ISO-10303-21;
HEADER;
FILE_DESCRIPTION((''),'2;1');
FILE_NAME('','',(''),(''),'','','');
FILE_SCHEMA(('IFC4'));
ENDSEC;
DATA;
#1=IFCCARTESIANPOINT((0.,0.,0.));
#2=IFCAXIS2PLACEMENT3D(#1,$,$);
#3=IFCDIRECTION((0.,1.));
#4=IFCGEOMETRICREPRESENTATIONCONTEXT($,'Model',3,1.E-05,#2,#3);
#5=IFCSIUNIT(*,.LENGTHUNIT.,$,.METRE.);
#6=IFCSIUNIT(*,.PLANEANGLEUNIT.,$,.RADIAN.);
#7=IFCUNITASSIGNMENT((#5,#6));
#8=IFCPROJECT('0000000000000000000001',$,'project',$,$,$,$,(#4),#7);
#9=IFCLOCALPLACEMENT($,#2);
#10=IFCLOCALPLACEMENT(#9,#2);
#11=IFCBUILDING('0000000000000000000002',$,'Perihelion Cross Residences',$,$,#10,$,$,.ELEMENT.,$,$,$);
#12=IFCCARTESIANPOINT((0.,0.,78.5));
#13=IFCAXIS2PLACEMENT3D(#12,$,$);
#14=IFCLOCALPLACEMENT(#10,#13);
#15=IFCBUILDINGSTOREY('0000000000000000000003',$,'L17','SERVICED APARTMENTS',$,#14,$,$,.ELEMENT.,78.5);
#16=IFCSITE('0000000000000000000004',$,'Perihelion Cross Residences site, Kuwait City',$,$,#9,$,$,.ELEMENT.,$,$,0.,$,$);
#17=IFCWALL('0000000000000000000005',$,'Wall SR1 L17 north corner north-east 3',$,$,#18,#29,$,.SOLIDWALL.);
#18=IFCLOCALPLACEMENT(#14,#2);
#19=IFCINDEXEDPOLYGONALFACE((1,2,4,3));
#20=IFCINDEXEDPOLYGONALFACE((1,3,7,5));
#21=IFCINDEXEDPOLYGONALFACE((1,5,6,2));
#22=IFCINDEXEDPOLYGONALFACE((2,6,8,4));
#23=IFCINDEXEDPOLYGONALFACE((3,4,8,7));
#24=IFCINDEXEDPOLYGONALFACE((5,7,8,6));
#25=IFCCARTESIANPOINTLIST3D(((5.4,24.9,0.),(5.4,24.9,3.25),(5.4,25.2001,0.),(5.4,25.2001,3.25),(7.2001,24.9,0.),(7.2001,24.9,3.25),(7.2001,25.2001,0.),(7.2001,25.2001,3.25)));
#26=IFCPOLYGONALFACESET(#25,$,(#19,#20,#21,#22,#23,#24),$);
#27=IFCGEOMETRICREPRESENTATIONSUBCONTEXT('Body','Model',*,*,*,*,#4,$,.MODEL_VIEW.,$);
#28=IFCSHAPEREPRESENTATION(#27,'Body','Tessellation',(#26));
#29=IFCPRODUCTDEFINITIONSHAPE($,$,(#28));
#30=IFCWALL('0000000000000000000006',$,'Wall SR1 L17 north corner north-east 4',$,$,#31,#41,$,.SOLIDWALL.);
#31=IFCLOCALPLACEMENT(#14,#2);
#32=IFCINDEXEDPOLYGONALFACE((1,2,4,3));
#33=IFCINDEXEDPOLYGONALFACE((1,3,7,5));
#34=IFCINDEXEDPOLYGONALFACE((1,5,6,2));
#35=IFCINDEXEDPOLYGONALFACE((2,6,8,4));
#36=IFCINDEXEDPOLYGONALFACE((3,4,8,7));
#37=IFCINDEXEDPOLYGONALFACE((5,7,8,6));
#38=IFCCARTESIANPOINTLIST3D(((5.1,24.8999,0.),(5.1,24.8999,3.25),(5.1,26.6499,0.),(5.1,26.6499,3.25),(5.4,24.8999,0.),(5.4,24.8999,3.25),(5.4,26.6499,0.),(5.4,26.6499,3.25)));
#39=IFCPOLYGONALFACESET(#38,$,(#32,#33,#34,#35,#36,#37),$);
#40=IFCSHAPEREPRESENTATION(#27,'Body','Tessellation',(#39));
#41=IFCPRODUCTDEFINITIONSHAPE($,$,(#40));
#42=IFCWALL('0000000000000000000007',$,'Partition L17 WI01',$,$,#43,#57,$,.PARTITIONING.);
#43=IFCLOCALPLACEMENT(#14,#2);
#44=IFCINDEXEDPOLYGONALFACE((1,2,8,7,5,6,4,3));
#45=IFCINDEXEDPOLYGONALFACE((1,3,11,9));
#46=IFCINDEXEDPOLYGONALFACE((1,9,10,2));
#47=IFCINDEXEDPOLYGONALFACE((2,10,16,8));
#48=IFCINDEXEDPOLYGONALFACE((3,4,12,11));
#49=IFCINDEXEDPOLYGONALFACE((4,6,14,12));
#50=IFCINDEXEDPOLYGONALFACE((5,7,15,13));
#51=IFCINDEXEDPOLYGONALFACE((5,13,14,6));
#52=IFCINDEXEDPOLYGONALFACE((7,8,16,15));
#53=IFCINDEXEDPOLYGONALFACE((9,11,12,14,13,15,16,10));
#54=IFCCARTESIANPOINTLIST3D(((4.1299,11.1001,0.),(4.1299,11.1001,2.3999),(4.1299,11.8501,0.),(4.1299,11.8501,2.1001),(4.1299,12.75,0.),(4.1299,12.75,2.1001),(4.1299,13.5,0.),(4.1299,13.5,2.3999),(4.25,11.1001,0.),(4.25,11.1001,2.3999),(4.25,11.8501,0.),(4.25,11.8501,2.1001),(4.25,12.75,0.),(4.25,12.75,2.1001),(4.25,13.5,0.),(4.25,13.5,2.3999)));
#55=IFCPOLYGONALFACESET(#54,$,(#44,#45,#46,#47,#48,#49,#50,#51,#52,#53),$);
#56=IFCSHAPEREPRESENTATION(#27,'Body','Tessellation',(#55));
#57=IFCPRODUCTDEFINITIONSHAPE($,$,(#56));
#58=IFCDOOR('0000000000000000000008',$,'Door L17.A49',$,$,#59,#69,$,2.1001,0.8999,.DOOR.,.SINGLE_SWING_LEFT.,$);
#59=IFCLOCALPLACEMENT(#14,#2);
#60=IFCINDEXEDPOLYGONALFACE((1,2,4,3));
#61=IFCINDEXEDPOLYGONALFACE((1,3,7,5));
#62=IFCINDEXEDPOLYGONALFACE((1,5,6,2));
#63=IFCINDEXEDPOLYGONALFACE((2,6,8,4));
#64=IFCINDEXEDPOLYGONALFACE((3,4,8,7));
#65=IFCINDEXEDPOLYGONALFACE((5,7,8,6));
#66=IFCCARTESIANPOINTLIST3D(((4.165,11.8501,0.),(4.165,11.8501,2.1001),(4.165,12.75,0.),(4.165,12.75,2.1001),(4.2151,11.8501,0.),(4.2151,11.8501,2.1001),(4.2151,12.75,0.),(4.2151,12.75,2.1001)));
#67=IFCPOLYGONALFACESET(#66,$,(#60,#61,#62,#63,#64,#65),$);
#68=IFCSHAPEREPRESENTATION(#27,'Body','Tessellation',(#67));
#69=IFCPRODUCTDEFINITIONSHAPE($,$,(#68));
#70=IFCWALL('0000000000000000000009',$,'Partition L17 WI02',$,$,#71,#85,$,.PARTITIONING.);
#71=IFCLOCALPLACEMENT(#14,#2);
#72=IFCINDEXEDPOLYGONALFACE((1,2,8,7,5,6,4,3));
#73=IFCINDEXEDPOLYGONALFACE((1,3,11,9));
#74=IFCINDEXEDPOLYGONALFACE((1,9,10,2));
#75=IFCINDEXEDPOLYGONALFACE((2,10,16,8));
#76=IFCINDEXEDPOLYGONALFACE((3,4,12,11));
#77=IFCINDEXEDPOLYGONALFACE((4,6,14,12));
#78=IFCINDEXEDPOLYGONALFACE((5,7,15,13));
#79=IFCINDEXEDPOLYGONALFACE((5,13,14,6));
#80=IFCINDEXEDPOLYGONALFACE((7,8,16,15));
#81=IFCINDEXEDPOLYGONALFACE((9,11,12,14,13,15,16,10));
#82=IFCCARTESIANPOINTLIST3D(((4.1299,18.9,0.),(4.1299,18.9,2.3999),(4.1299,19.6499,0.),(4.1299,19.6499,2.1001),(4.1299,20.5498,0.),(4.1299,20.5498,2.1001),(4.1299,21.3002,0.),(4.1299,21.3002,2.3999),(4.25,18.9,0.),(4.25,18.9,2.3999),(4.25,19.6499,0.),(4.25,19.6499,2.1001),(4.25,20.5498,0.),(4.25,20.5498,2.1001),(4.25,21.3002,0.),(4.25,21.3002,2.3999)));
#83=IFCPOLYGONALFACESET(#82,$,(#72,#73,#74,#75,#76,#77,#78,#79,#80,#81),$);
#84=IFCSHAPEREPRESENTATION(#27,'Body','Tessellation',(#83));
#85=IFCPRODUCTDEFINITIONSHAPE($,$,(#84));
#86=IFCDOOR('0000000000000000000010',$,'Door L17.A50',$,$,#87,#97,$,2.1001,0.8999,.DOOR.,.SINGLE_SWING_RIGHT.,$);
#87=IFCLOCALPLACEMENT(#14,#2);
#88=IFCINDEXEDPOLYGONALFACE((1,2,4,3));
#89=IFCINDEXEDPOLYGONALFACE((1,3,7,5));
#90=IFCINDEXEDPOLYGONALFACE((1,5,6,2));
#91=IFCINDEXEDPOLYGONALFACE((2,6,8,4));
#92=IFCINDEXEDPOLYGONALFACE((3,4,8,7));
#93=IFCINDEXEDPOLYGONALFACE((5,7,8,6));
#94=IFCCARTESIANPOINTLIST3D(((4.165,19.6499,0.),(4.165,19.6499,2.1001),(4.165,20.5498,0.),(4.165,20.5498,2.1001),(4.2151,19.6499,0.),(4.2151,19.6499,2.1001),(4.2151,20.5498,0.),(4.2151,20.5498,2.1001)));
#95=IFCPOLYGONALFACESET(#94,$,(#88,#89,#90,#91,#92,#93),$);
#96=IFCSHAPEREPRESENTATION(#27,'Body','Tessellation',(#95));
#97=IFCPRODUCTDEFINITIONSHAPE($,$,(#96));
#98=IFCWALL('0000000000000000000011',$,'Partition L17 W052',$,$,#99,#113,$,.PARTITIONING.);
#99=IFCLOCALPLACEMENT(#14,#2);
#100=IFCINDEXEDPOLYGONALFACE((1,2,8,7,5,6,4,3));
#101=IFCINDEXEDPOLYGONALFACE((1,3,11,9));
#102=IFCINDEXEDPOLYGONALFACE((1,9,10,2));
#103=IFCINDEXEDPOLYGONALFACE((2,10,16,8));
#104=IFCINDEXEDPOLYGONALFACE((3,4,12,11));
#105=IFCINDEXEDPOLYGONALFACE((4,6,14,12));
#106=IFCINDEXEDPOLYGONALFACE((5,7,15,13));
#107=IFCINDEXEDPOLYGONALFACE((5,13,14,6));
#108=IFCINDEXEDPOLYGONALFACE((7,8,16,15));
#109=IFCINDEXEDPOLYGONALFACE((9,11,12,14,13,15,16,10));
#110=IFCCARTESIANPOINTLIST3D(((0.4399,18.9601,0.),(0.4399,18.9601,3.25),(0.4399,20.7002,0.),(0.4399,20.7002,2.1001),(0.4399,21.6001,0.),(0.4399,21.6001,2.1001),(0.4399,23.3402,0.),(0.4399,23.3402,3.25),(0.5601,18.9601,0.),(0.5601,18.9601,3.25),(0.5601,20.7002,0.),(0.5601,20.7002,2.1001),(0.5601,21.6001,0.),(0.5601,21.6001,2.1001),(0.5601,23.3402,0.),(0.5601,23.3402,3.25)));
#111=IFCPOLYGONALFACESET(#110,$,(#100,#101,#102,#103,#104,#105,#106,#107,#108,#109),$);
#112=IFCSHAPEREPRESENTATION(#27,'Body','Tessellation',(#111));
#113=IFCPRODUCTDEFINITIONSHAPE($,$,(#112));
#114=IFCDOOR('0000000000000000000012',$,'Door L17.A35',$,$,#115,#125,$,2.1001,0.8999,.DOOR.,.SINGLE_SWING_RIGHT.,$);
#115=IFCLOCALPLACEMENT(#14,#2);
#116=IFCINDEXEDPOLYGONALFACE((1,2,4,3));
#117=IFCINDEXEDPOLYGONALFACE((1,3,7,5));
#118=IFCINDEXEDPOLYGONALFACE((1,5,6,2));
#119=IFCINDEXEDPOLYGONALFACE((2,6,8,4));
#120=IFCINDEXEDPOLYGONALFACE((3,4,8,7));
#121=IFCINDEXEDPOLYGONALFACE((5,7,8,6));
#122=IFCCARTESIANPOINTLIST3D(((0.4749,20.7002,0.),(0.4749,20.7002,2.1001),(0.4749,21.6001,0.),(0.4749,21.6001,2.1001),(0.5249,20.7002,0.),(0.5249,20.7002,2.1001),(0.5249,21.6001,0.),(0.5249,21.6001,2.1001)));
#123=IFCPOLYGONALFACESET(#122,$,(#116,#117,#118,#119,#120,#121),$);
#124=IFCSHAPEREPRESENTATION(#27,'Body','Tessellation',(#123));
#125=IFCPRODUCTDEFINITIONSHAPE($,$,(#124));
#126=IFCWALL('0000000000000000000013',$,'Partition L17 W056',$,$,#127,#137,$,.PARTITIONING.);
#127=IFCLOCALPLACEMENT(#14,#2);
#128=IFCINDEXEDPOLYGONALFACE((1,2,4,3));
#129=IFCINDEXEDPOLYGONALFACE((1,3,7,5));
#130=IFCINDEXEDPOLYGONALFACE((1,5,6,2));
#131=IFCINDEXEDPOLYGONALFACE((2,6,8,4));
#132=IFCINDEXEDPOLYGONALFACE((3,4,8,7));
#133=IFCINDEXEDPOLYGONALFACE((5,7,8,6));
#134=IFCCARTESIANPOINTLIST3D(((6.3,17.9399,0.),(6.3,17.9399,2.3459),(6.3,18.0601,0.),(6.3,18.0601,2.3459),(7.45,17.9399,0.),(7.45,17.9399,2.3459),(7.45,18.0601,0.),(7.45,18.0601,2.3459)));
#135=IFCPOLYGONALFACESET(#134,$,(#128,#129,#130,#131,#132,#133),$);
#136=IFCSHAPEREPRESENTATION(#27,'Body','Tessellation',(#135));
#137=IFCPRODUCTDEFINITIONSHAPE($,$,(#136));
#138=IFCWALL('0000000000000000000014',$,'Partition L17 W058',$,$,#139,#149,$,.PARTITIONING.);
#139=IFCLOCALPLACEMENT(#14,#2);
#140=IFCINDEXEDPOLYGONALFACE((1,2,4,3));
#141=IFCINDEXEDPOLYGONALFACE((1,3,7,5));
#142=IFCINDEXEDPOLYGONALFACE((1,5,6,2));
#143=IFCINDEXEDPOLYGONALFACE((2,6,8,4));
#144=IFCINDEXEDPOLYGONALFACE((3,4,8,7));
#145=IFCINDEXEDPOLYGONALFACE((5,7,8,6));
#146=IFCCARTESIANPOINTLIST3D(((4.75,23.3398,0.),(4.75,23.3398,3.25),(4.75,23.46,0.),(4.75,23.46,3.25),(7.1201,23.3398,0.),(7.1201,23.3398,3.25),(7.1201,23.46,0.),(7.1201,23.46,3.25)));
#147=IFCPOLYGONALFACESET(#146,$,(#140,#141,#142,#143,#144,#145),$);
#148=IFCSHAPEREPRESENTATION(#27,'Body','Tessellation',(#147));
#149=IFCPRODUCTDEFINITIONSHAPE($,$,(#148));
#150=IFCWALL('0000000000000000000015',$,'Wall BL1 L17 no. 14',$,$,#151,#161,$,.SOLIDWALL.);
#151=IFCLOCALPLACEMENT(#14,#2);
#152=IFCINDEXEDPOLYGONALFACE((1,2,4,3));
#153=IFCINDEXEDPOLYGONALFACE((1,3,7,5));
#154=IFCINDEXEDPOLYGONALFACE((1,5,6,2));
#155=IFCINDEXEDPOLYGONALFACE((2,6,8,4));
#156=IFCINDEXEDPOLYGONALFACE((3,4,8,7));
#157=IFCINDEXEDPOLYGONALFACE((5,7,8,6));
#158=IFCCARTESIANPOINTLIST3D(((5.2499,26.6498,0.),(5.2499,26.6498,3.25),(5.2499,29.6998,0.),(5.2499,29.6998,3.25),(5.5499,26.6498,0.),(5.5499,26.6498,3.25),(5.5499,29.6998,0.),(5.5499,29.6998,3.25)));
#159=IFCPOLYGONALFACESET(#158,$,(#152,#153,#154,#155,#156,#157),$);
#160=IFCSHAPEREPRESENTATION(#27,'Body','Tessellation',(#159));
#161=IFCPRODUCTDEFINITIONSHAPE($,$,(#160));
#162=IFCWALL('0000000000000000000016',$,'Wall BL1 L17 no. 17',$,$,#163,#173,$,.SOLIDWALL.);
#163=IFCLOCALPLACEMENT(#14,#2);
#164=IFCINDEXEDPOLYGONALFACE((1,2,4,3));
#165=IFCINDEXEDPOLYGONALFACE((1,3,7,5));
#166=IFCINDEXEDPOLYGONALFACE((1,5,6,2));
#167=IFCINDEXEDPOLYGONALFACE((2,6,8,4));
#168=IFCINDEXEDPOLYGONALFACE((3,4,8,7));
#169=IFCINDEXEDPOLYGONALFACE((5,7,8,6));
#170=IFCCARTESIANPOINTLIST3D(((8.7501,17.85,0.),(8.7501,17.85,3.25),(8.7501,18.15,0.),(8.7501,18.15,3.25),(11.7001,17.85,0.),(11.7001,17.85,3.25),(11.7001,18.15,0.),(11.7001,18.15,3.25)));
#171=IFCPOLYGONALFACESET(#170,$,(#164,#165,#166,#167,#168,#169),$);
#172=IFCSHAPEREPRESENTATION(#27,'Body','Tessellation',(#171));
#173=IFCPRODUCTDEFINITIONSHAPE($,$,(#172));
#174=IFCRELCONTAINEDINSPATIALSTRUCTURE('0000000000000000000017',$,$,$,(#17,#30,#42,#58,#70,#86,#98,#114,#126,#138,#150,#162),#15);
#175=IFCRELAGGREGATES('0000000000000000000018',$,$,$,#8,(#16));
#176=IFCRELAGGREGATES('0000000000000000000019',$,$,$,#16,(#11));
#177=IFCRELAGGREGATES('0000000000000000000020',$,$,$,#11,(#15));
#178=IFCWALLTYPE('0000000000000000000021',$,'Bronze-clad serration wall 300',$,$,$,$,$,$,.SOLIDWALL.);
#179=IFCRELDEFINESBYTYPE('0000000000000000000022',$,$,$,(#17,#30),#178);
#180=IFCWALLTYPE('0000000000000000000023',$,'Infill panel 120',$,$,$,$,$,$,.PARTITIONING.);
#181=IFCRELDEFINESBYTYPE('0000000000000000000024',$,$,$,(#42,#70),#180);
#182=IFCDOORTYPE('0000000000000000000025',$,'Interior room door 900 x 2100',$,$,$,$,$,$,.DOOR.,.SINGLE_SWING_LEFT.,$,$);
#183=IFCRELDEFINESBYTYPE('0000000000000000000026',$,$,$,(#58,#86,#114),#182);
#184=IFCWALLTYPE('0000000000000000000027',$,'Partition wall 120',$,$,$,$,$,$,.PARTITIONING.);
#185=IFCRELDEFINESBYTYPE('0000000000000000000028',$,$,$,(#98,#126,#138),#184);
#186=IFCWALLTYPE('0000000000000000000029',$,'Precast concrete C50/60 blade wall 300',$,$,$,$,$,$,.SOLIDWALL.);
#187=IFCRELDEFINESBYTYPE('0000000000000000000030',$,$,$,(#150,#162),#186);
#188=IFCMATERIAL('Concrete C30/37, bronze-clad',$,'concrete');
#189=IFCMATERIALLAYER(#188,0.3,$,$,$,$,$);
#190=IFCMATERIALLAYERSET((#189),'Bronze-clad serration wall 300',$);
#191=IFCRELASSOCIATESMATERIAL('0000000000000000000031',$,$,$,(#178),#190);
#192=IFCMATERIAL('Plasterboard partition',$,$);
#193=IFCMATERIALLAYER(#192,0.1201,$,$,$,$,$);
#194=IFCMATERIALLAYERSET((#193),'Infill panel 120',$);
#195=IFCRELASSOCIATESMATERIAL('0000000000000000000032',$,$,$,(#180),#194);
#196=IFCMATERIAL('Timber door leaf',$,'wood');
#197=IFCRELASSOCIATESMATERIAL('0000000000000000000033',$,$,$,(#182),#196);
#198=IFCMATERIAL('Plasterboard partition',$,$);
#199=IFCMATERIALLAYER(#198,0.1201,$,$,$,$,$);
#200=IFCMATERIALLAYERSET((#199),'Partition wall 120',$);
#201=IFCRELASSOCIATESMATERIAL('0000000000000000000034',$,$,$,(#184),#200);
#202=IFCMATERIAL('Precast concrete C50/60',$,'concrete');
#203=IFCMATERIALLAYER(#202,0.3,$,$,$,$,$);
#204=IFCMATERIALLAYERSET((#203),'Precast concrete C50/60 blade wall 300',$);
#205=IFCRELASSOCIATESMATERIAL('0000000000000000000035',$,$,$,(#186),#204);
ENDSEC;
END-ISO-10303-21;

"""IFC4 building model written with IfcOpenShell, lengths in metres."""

from ifc_helpers import new_model, si_unit, direction, frame, frame_2d, origin, place, context, subcontext, project, spatial, rectangle, extrude, material, layer, layer_set, type_object, element, fill, save


model = new_model("IFC4")

# Units and contexts
model_context = context("Model", 3, precision=1e-05, world=origin(), true_north=direction((0.0, 1.0)))
body_context = subcontext(model_context, "Body", "Model", "MODEL_VIEW")
ifc_project = project(units=[si_unit("LENGTHUNIT", "METRE"), si_unit("PLANEANGLEUNIT", "RADIAN")], contexts=[model_context])

# Site, building, storey
site_placement = place(None, origin())
site = spatial("IfcSite", under=ifc_project, at=site_placement, Name="Perihelion Cross Residences site, Kuwait City", CompositionType="ELEMENT", RefElevation=0.0)
building_placement = place(site_placement, origin())
building = spatial("IfcBuilding", under=site, at=building_placement, Name="Perihelion Cross Residences", CompositionType="ELEMENT")
storey_placement = place(building_placement, frame((0.0, 0.0, 78.5)))
storey = spatial("IfcBuildingStorey", under=building, at=storey_placement, Name="L17", Description="SERVICED APARTMENTS", CompositionType="ELEMENT", Elevation=78.5)

# Walls
ifc_material_1 = material(Name="Concrete C30/37, bronze-clad", Category="concrete")
ifc_layer_1 = layer(ifc_material_1, 0.3)
ifc_layer_set_1 = layer_set([ifc_layer_1], Name="Bronze-clad serration wall 300")
wall_type_1 = type_object("IfcWallType", Name="Bronze-clad serration wall 300", PredefinedType="SOLIDWALL", material=ifc_layer_set_1)
wall_1_placement = place(storey_placement, frame((7.2, 25.05, 0.0), z_axis=(0.0, 0.0, 1.0), x_axis=(-1.0, 0.0, 0.0)))
element("IfcWall", 1, at=wall_1_placement, inside=storey, type_object=wall_type_1, Name="Wall SR1 L17 north corner north-east 3", PredefinedType="SOLIDWALL", context=body_context, shape_type="SweptSolid", body=[
    extrude(rectangle(XDim=1.8, YDim=0.3, at=frame_2d((0.8999, 0.0))), origin(), (0.0, 0.0, 1.0), 3.25),
])
wall_2_placement = place(storey_placement, frame((5.25, 24.8999, 0.0), z_axis=(0.0, 0.0, 1.0), x_axis=(0.0, 1.0, 0.0)))
element("IfcWall", 2, at=wall_2_placement, inside=storey, type_object=wall_type_1, Name="Wall SR1 L17 north corner north-east 4", PredefinedType="SOLIDWALL", context=body_context, shape_type="SweptSolid", body=[
    extrude(rectangle(XDim=1.75, YDim=0.3, at=frame_2d((0.875, 0.0))), origin(), (0.0, 0.0, 1.0), 3.25),
])

# Walls, openings, doors
ifc_material_2 = material(Name="Plasterboard partition")
ifc_layer_2 = layer(ifc_material_2, 0.1201)
ifc_layer_set_2 = layer_set([ifc_layer_2], Name="Infill panel 120")
wall_type_2 = type_object("IfcWallType", Name="Infill panel 120", PredefinedType="PARTITIONING", material=ifc_layer_set_2)
wall_3_placement = place(storey_placement, frame((4.1899, 11.1001, 0.0), z_axis=(0.0, 0.0, 1.0), x_axis=(0.0, 1.0, 0.0)))
wall_3 = element("IfcWall", 3, at=wall_3_placement, inside=storey, type_object=wall_type_2, Name="Partition L17 WI01", PredefinedType="PARTITIONING", context=body_context, shape_type="SweptSolid", body=[
    extrude(rectangle(XDim=2.3999, YDim=0.1201, at=frame_2d((1.2, 0.0))), origin(), (0.0, 0.0, 1.0), 2.3999),
])
opening_1_placement = place(wall_3_placement, frame((0.75, 0.0, 0.0)))
opening_1 = element("IfcOpeningElement", 4, at=opening_1_placement, cuts=wall_3, PredefinedType="OPENING", context=body_context, shape_type="SweptSolid", body=[
    extrude(rectangle(XDim=0.8999, YDim=2.1001, at=frame_2d((0.45, 1.05))), frame((0.0, 0.0701, 0.0), z_axis=(0.0, -1.0, 0.0), x_axis=(1.0, 0.0, 0.0)), (0.0, 0.0, 1.0), 0.1401),
])
ifc_material_3 = material(Name="Timber door leaf", Category="wood")
door_type_1 = type_object("IfcDoorType", Name="Interior room door 900 x 2100", OperationType="SINGLE_SWING_LEFT", PredefinedType="DOOR", material=ifc_material_3)
door_1_placement = place(opening_1_placement, origin())
door_1 = element("IfcDoor", 5, at=door_1_placement, inside=storey, type_object=door_type_1, Name="Door L17.A49", OperationType="SINGLE_SWING_LEFT", OverallHeight=2.1001, OverallWidth=0.8999, PredefinedType="DOOR", context=body_context, shape_type="SweptSolid", body=[
    extrude(rectangle(XDim=0.8999, YDim=2.1001, at=frame_2d((0.45, 1.05))), frame((0.0, 0.0249, 0.0), z_axis=(0.0, -1.0, 0.0), x_axis=(1.0, 0.0, 0.0)), (0.0, 0.0, 1.0), 0.05),
])
fill(opening_1, door_1)
wall_4_placement = place(storey_placement, frame((4.1899, 18.8999, 0.0), z_axis=(0.0, 0.0, 1.0), x_axis=(0.0, 1.0, 0.0)))
wall_4 = element("IfcWall", 6, at=wall_4_placement, inside=storey, type_object=wall_type_2, Name="Partition L17 WI02", PredefinedType="PARTITIONING", context=body_context, shape_type="SweptSolid", body=[
    extrude(rectangle(XDim=2.4001, YDim=0.1201, at=frame_2d((1.2002, 0.0))), origin(), (0.0, 0.0, 1.0), 2.3999),
])
opening_2_placement = place(wall_4_placement, frame((0.75, 0.0, 0.0)))
opening_2 = element("IfcOpeningElement", 7, at=opening_2_placement, cuts=wall_4, PredefinedType="OPENING", context=body_context, shape_type="SweptSolid", body=[
    extrude(rectangle(XDim=0.8999, YDim=2.1001, at=frame_2d((0.45, 1.05))), frame((0.0, 0.0701, 0.0), z_axis=(0.0, -1.0, 0.0), x_axis=(1.0, 0.0, 0.0)), (0.0, 0.0, 1.0), 0.1401),
])
door_2_placement = place(opening_2_placement, origin())
door_2 = element("IfcDoor", 8, at=door_2_placement, inside=storey, type_object=door_type_1, Name="Door L17.A50", OperationType="SINGLE_SWING_RIGHT", OverallHeight=2.1001, OverallWidth=0.8999, PredefinedType="DOOR", context=body_context, shape_type="SweptSolid", body=[
    extrude(rectangle(XDim=0.8999, YDim=2.1001, at=frame_2d((0.45, 1.05))), frame((0.0, 0.0249, 0.0), z_axis=(0.0, -1.0, 0.0), x_axis=(1.0, 0.0, 0.0)), (0.0, 0.0, 1.0), 0.05),
])
fill(opening_2, door_2)
ifc_material_4 = material(Name="Plasterboard partition")
ifc_layer_3 = layer(ifc_material_4, 0.1201)
ifc_layer_set_3 = layer_set([ifc_layer_3], Name="Partition wall 120")
wall_type_3 = type_object("IfcWallType", Name="Partition wall 120", PredefinedType="PARTITIONING", material=ifc_layer_set_3)
wall_5_placement = place(storey_placement, frame((0.5, 23.3401, 0.0), z_axis=(0.0, 0.0, 1.0), x_axis=(0.0, -1.0, 0.0)))
wall_5 = element("IfcWall", 9, at=wall_5_placement, inside=storey, type_object=wall_type_3, Name="Partition L17 W052", PredefinedType="PARTITIONING", context=body_context, shape_type="SweptSolid", body=[
    extrude(rectangle(XDim=4.3801, YDim=0.1201, at=frame_2d((2.1899, 0.0))), origin(), (0.0, 0.0, 1.0), 3.25),
])
opening_3_placement = place(wall_5_placement, frame((1.74, 0.0, 0.0)))
opening_3 = element("IfcOpeningElement", 10, at=opening_3_placement, cuts=wall_5, PredefinedType="OPENING", context=body_context, shape_type="SweptSolid", body=[
    extrude(rectangle(XDim=0.8999, YDim=2.1001, at=frame_2d((0.45, 1.05))), frame((0.0, 0.0701, 0.0), z_axis=(0.0, -1.0, 0.0), x_axis=(1.0, 0.0, 0.0)), (0.0, 0.0, 1.0), 0.1401),
])
door_3_placement = place(opening_3_placement, origin())
door_3 = element("IfcDoor", 11, at=door_3_placement, inside=storey, type_object=door_type_1, Name="Door L17.A35", OperationType="SINGLE_SWING_RIGHT", OverallHeight=2.1001, OverallWidth=0.8999, PredefinedType="DOOR", context=body_context, shape_type="SweptSolid", body=[
    extrude(rectangle(XDim=0.8999, YDim=2.1001, at=frame_2d((0.45, 1.05))), frame((0.0, 0.0249, 0.0), z_axis=(0.0, -1.0, 0.0), x_axis=(1.0, 0.0, 0.0)), (0.0, 0.0, 1.0), 0.05),
])
fill(opening_3, door_3)

# Walls
wall_6_placement = place(storey_placement, frame((6.3, 18.0, 0.0), z_axis=(0.0, 0.0, 1.0), x_axis=(1.0, 0.0, 0.0)))
element("IfcWall", 12, at=wall_6_placement, inside=storey, type_object=wall_type_3, Name="Partition L17 W056", PredefinedType="PARTITIONING", context=body_context, shape_type="SweptSolid", body=[
    extrude(rectangle(XDim=1.1499, YDim=0.1201, at=frame_2d((0.575, 0.0))), origin(), (0.0, 0.0, 1.0), 2.3459),
])
wall_7_placement = place(storey_placement, frame((4.75, 23.3999, 0.0), z_axis=(0.0, 0.0, 1.0), x_axis=(1.0, 0.0, 0.0)))
element("IfcWall", 13, at=wall_7_placement, inside=storey, type_object=wall_type_3, Name="Partition L17 W058", PredefinedType="PARTITIONING", context=body_context, shape_type="SweptSolid", body=[
    extrude(rectangle(XDim=2.3701, YDim=0.1201, at=frame_2d((1.1851, 0.0))), origin(), (0.0, 0.0, 1.0), 3.25),
])
ifc_material_5 = material(Name="Precast concrete C50/60", Category="concrete")
ifc_layer_4 = layer(ifc_material_5, 0.3)
ifc_layer_set_4 = layer_set([ifc_layer_4], Name="Precast concrete C50/60 blade wall 300")
wall_type_4 = type_object("IfcWallType", Name="Precast concrete C50/60 blade wall 300", PredefinedType="SOLIDWALL", material=ifc_layer_set_4)
wall_8_placement = place(storey_placement, frame((5.3999, 26.6499, 0.0), z_axis=(0.0, 0.0, 1.0), x_axis=(0.0, 1.0, 0.0)))
element("IfcWall", 14, at=wall_8_placement, inside=storey, type_object=wall_type_4, Name="Wall BL1 L17 no. 14", PredefinedType="SOLIDWALL", context=body_context, shape_type="SweptSolid", body=[
    extrude(rectangle(XDim=3.05, YDim=0.3, at=frame_2d((1.5249, 0.0))), origin(), (0.0, 0.0, 1.0), 3.25),
])
wall_9_placement = place(storey_placement, frame((8.75, 18.0, 0.0), z_axis=(0.0, 0.0, 1.0), x_axis=(1.0, 0.0, 0.0)))
element("IfcWall", 15, at=wall_9_placement, inside=storey, type_object=wall_type_4, Name="Wall BL1 L17 no. 17", PredefinedType="SOLIDWALL", context=body_context, shape_type="SweptSolid", body=[
    extrude(rectangle(XDim=2.95, YDim=0.3, at=frame_2d((1.4751, 0.0))), origin(), (0.0, 0.0, 1.0), 3.25),
])

save(model, "model.ifc")
